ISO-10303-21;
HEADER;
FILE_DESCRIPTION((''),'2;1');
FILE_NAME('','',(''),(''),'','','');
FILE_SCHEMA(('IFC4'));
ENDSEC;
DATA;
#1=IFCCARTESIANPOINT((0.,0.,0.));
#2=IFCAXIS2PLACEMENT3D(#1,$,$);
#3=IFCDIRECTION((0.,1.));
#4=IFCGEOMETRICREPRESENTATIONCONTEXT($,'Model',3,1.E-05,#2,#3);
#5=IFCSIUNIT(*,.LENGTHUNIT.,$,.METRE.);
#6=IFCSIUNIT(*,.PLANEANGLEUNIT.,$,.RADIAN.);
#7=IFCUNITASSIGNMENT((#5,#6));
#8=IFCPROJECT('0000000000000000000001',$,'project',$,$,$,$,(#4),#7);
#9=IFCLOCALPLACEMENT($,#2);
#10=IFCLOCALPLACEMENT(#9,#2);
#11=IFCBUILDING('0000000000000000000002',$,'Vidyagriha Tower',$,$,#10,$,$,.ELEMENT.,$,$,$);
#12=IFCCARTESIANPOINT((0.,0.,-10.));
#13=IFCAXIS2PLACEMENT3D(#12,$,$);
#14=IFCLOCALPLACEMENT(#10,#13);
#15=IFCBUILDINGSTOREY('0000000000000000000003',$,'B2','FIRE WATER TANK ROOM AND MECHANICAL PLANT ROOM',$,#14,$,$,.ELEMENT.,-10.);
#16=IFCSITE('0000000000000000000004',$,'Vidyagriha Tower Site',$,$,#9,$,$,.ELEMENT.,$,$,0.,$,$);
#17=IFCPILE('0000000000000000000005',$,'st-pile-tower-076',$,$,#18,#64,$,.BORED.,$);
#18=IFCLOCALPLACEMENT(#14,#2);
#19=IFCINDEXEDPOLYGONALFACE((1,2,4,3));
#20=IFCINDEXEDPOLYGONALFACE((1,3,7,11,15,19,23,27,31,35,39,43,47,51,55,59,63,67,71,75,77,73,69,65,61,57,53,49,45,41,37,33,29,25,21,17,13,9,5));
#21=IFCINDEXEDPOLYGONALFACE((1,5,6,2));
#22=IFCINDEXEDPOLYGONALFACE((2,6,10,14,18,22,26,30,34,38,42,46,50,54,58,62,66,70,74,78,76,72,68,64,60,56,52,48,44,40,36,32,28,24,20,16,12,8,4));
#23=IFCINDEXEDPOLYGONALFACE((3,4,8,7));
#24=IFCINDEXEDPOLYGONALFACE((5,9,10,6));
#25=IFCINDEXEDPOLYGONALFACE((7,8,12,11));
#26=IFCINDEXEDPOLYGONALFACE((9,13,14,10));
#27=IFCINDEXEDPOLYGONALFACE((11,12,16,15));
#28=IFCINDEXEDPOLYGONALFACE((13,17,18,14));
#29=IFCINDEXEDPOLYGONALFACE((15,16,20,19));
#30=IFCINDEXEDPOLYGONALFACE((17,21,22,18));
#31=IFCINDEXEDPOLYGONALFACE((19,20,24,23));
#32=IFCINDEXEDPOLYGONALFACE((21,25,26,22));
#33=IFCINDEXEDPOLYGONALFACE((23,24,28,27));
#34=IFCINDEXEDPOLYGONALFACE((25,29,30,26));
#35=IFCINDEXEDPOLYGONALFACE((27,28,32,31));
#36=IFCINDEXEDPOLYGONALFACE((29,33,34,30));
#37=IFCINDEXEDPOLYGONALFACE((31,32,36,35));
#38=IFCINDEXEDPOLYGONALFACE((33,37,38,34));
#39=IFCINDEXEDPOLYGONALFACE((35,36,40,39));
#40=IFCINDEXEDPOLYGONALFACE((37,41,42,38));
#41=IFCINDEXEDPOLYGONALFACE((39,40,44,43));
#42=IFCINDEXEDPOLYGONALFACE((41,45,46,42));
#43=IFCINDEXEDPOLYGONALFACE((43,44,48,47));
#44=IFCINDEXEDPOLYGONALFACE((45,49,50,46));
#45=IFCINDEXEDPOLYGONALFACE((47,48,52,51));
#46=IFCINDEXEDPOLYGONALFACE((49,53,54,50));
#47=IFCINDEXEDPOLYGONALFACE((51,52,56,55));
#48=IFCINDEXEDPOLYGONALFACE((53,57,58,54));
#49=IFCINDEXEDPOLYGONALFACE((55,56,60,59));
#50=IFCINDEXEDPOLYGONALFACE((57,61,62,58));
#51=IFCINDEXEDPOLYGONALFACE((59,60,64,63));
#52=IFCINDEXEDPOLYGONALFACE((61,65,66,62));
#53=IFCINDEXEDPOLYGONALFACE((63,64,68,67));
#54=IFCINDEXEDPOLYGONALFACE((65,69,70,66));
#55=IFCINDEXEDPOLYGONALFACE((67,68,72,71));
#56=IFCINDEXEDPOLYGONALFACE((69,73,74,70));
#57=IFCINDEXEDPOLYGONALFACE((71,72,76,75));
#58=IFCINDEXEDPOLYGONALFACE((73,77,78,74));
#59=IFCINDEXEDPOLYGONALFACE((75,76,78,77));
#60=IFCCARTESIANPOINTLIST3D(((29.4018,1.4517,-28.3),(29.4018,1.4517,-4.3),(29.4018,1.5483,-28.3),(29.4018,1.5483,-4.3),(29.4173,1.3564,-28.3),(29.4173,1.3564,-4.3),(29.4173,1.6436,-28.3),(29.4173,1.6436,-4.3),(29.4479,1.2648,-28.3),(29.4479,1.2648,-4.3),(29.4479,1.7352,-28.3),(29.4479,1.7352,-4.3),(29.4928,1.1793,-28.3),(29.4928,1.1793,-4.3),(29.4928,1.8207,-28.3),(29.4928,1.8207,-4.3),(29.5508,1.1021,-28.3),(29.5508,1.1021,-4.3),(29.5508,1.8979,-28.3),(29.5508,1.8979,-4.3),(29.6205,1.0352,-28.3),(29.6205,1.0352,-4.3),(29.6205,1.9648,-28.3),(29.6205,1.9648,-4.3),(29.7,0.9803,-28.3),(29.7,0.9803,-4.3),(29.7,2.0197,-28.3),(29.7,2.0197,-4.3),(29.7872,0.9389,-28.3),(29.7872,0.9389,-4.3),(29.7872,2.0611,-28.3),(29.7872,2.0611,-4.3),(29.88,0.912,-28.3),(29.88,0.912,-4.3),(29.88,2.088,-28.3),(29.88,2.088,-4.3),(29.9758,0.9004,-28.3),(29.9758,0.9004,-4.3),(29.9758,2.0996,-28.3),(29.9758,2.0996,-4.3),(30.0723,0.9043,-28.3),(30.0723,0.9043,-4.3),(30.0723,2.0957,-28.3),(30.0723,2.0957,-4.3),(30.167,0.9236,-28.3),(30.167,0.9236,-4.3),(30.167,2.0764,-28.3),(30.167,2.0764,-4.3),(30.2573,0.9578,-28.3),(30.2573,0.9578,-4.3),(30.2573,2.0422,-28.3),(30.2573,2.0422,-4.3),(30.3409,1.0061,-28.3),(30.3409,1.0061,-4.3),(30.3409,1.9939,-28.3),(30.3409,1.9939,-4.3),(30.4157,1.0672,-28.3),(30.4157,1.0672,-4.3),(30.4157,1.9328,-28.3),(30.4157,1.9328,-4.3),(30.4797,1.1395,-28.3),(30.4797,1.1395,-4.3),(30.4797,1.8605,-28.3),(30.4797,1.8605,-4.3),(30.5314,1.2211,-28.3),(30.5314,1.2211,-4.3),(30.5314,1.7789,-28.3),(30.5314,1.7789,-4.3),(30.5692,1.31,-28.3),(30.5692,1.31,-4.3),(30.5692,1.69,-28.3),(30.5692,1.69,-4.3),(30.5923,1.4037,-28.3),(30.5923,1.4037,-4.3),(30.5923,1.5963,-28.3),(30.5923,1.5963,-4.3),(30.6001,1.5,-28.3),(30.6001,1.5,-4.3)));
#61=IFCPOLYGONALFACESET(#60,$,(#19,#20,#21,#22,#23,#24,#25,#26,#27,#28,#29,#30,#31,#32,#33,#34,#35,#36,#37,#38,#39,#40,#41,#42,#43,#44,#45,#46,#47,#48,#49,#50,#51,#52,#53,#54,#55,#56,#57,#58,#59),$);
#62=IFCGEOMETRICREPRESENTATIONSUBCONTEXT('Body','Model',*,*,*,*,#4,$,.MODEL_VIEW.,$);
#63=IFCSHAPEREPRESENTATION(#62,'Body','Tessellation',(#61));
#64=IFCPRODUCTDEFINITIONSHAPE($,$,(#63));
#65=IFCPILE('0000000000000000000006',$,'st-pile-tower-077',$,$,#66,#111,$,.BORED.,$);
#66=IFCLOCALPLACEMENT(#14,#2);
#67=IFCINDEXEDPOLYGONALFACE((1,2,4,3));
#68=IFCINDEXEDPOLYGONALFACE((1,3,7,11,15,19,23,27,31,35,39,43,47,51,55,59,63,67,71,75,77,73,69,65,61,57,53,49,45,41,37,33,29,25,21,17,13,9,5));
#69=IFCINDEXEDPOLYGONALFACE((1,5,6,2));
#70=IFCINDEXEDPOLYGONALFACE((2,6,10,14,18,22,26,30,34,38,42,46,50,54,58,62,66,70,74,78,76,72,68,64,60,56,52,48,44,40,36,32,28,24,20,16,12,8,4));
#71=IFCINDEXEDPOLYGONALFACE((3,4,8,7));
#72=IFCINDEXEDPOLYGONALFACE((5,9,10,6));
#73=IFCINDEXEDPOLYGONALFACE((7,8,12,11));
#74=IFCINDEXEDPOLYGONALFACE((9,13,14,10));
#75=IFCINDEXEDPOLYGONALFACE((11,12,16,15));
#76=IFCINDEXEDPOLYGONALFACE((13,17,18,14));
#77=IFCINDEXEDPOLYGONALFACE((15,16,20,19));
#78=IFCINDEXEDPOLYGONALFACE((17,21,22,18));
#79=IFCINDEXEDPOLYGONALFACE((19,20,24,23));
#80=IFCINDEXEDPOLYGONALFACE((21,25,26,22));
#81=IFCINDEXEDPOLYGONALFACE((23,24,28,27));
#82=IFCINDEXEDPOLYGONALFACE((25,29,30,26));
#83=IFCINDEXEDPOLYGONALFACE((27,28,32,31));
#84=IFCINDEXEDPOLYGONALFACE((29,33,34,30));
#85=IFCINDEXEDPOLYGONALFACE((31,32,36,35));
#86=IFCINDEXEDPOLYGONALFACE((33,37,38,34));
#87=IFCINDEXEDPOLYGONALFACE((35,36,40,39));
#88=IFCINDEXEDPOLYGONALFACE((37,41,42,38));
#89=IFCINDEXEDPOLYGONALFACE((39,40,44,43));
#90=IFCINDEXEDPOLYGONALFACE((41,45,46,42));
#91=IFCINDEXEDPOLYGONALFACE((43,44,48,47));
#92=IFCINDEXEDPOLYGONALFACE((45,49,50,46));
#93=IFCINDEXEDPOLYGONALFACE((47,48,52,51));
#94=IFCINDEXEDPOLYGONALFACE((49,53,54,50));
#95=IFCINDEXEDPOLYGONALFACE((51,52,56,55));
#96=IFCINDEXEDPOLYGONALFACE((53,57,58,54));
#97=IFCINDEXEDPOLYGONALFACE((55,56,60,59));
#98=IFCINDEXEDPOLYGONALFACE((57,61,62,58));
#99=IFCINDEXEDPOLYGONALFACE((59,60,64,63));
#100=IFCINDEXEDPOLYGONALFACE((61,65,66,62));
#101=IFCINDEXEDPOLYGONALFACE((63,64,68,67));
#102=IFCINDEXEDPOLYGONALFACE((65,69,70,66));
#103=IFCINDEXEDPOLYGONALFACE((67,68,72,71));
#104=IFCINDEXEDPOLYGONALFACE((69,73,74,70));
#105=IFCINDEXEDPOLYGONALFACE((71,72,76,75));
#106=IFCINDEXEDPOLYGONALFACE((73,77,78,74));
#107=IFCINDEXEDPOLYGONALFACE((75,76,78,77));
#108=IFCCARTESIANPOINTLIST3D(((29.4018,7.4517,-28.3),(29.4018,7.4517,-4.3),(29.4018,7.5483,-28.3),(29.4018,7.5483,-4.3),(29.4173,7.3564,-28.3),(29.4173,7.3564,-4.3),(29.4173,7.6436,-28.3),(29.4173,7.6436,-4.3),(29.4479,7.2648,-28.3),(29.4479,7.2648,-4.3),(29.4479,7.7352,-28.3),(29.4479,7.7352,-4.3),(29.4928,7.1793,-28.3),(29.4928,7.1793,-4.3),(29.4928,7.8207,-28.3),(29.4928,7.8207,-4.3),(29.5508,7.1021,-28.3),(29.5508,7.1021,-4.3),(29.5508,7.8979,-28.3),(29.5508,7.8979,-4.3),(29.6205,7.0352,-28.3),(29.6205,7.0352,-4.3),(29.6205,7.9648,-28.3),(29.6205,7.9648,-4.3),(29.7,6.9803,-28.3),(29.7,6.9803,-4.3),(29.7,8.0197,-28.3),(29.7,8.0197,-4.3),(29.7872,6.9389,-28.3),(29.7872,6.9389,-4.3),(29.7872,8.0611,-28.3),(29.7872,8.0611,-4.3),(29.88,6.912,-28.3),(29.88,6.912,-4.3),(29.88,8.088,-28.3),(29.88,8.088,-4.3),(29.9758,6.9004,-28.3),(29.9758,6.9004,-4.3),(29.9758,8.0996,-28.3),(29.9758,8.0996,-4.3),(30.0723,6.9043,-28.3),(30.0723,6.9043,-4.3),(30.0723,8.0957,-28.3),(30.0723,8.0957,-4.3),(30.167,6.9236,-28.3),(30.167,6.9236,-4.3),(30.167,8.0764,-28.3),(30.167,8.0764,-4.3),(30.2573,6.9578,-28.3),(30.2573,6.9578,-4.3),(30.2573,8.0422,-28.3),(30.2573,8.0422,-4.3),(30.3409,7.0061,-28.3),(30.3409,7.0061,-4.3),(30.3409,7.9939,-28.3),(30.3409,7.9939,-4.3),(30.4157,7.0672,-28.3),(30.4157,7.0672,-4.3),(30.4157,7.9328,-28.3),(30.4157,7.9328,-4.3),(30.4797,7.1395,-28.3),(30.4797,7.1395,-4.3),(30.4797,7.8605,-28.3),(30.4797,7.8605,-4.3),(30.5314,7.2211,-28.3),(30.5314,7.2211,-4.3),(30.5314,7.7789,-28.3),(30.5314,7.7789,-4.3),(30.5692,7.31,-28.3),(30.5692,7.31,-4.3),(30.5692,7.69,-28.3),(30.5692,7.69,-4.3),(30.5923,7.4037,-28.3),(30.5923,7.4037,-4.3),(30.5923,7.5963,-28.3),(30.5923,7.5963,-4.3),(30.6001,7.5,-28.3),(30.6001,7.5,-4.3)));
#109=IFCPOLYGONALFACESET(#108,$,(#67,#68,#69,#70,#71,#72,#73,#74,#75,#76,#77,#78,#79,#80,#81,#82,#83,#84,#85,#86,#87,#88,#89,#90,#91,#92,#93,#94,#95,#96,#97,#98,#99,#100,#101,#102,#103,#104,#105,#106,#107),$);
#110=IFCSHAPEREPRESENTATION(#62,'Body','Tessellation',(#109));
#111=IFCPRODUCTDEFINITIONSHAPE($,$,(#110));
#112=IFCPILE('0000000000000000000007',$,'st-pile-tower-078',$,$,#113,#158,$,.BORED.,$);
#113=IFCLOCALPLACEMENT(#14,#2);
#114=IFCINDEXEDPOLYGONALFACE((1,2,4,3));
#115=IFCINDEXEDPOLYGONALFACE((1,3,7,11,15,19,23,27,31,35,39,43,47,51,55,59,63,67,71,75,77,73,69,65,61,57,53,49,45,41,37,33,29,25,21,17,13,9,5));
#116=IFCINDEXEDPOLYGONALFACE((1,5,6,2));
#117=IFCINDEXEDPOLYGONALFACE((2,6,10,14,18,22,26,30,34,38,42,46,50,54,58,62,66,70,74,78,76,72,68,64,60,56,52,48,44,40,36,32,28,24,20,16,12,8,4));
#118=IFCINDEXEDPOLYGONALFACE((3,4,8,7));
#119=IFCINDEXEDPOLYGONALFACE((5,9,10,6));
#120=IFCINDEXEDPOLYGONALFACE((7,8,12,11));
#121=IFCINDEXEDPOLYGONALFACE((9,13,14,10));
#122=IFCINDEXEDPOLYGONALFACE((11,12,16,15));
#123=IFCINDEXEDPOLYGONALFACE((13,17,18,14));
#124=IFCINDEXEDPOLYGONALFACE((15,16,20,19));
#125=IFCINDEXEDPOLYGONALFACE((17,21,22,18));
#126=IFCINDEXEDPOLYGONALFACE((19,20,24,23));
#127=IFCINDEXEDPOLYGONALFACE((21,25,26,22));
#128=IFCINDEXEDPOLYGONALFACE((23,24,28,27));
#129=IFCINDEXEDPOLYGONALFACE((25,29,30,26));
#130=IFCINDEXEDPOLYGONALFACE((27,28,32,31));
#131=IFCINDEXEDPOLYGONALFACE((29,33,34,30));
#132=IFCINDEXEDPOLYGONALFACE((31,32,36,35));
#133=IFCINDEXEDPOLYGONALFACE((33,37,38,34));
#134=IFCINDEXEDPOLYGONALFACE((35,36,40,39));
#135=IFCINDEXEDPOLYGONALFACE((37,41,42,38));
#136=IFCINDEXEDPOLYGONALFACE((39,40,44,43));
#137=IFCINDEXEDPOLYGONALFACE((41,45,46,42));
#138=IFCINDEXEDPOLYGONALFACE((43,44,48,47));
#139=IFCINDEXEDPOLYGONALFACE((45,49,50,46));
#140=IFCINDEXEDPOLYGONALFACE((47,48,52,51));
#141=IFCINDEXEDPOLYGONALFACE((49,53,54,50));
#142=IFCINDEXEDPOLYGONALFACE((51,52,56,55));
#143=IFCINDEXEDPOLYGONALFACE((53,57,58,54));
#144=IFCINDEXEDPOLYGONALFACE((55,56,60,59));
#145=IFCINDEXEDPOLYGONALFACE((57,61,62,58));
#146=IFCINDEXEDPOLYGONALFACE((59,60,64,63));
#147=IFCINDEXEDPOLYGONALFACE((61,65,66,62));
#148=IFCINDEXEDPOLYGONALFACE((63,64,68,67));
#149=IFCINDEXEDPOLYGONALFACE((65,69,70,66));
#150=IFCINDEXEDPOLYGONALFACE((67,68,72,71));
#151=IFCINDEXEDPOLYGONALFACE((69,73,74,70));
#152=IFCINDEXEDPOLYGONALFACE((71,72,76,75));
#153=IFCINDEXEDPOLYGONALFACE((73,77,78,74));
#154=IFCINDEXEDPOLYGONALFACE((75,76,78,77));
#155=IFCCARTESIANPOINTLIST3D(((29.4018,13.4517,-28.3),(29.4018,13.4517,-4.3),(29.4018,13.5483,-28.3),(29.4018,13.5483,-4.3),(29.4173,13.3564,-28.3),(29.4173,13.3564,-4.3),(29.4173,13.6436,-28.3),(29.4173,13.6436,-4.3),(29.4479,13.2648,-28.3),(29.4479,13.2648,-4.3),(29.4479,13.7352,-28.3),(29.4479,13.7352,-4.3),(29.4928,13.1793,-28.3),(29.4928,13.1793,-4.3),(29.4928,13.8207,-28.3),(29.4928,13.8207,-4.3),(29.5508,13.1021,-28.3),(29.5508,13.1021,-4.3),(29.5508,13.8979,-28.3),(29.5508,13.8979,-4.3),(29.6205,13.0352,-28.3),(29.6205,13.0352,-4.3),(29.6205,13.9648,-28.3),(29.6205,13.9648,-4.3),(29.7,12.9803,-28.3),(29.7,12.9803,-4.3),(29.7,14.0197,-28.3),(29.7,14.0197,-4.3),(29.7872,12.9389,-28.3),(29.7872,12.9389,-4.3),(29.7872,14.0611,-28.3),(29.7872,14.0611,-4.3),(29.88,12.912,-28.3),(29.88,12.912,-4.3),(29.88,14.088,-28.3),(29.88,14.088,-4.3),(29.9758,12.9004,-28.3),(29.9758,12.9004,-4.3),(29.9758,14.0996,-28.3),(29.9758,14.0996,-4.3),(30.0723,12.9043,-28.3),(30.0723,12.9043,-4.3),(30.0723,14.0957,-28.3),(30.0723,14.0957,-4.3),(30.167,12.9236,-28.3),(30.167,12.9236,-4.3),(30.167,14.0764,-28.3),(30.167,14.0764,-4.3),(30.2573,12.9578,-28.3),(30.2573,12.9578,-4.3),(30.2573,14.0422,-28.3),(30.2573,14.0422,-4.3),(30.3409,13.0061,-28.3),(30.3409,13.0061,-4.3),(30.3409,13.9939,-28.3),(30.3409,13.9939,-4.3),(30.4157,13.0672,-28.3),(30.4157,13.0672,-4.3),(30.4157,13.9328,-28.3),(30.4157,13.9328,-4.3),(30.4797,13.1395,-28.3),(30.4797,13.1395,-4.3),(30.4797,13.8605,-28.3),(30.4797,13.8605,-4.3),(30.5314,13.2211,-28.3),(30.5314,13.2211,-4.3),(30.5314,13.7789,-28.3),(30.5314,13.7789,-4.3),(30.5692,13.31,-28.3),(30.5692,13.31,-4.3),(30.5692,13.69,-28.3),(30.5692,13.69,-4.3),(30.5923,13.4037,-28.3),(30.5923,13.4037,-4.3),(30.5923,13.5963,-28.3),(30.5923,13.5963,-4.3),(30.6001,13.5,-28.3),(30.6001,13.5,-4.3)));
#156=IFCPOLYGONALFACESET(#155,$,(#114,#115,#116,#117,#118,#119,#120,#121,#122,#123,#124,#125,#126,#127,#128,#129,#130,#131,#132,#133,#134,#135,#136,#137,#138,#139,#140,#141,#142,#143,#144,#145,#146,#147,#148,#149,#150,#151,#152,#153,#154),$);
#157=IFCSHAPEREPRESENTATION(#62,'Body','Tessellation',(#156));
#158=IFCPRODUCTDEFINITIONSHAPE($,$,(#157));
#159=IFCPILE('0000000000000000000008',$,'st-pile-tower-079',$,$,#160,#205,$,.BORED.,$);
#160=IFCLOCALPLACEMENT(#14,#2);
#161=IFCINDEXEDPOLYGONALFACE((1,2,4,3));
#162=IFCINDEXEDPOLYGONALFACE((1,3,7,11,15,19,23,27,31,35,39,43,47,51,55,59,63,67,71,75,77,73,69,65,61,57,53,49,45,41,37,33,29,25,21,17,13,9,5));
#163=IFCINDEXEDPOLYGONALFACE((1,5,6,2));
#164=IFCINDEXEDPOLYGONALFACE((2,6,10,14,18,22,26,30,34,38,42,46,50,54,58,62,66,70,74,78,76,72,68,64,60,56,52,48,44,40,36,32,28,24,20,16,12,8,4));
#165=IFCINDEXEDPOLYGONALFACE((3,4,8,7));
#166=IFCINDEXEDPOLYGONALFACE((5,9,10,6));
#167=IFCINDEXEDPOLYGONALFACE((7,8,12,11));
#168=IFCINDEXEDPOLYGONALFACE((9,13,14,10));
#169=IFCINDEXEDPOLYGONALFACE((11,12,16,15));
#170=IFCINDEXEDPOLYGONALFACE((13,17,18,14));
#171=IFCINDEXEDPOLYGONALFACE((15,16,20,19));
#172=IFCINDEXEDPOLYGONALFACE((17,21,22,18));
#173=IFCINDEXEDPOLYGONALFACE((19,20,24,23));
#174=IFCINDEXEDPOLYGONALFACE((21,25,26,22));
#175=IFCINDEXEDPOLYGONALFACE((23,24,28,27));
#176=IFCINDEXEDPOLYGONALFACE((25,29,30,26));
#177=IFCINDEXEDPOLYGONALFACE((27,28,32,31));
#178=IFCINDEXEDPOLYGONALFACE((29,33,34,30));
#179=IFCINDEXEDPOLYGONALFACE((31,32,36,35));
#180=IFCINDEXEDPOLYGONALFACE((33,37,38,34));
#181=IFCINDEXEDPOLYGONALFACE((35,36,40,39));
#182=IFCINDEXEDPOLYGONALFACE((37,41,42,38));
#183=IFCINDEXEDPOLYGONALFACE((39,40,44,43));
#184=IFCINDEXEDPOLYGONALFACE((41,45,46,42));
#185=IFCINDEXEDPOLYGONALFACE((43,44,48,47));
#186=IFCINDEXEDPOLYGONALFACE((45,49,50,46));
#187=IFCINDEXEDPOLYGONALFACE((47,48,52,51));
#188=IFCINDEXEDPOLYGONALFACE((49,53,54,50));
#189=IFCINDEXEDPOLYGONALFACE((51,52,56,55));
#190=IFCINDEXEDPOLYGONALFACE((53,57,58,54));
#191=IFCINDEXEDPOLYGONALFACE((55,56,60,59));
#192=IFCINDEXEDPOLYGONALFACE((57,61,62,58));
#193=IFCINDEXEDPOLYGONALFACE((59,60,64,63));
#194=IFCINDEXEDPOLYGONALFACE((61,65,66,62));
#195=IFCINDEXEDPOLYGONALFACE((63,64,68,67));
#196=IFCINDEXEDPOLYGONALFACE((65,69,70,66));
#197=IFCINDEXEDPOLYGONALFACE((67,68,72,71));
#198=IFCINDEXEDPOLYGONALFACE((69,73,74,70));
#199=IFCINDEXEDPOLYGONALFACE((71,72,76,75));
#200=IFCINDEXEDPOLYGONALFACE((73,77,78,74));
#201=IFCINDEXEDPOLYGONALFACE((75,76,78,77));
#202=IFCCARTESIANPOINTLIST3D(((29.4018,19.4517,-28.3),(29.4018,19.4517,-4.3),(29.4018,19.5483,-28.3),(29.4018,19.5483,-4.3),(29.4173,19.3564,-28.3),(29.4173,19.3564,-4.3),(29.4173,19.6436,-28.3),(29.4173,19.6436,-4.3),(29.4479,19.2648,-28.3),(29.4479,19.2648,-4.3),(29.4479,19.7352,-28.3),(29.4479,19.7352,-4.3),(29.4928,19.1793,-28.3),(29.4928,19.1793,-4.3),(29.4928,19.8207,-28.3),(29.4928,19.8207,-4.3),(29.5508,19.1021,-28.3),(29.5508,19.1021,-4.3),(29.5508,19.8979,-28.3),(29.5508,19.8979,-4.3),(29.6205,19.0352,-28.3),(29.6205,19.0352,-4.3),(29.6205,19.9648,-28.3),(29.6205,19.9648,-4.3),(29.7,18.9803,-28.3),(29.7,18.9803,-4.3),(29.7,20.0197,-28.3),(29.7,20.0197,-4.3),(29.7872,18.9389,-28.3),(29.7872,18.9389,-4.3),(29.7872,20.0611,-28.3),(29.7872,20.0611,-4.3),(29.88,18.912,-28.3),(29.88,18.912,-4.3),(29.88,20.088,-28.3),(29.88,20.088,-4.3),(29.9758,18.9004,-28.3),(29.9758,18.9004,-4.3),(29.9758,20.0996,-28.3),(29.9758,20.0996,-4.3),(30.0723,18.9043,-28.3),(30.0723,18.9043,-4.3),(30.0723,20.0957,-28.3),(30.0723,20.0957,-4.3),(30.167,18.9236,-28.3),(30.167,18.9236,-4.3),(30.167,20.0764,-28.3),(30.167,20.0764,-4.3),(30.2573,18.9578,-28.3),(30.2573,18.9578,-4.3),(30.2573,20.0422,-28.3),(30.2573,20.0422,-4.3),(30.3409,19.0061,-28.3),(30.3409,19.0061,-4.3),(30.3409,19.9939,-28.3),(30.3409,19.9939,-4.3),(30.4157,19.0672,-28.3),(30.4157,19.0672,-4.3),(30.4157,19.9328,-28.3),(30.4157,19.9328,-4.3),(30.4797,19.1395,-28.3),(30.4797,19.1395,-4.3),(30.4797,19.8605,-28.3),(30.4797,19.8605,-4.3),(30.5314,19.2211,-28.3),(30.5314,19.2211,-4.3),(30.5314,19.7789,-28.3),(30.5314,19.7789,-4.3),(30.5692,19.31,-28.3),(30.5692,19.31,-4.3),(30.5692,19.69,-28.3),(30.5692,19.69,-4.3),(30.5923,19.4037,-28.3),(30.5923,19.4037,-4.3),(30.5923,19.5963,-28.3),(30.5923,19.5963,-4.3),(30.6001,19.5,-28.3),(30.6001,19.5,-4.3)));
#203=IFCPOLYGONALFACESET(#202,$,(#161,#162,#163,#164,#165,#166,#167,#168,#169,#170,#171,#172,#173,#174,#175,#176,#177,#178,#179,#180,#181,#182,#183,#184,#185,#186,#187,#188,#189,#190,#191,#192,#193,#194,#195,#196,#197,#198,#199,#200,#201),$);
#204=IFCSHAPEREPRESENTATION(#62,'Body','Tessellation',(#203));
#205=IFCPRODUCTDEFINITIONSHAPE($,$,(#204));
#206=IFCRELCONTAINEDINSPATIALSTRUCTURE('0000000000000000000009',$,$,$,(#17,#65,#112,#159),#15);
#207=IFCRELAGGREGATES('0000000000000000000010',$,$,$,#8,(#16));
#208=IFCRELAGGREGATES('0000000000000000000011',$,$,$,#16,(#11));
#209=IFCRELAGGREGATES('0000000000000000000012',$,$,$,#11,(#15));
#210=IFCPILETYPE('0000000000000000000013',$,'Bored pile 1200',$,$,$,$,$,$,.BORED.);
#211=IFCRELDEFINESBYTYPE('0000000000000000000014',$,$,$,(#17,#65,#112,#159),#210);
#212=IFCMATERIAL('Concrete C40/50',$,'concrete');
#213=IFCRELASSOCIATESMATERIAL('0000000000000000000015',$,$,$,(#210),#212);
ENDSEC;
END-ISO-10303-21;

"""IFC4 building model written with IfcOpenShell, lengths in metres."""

from ifc_helpers import new_model, si_unit, direction, frame, origin, origin_2d, place, context, subcontext, project, spatial, circle, extrude, material, material_profile, profile_set, type_object, element, save


model = new_model("IFC4")

# Units and contexts
model_context = context("Model", 3, precision=1e-05, world=origin(), true_north=direction((0.0, 1.0)))
body_context = subcontext(model_context, "Body", "Model", "MODEL_VIEW")
ifc_project = project(units=[si_unit("LENGTHUNIT", "METRE"), si_unit("PLANEANGLEUNIT", "RADIAN")], contexts=[model_context])

# Site, building, storey
site_placement = place(None, origin())
site = spatial("IfcSite", under=ifc_project, at=site_placement, Name="Vidyagriha Tower Site", CompositionType="ELEMENT", RefElevation=0.0)
building_placement = place(site_placement, origin())
building = spatial("IfcBuilding", under=site, at=building_placement, Name="Vidyagriha Tower", CompositionType="ELEMENT")
storey_placement = place(building_placement, frame((0.0, 0.0, -10.0)))
storey = spatial("IfcBuildingStorey", under=building, at=storey_placement, Name="B2", Description="FIRE WATER TANK ROOM AND MECHANICAL PLANT ROOM", CompositionType="ELEMENT", Elevation=-10.0)

# Piles
ifc_material_1 = material(Name="Concrete C40/50", Category="concrete")
ifc_material_profile_1 = material_profile(ifc_material_1, circle(Radius=0.6001, at=origin_2d()), Name="Bored pile 1200")
ifc_profile_set_1 = profile_set([ifc_material_profile_1], Name="Concrete C40/50")
pile_type = type_object("IfcPileType", Name="Bored pile 1200", PredefinedType="BORED", material=ifc_profile_set_1)
for number, where, z_axis, x_axis, name in (
    (1, (30.0, 1.5, -4.3), (0.0, 0.0, -1.0), (1.0, 0.0, 0.0), "st-pile-tower-076"),
    (2, (30.0, 7.5, -4.3), (0.0, 0.0, -1.0), (1.0, 0.0, 0.0), "st-pile-tower-077"),
    (3, (30.0, 13.5, -4.3), (0.0, 0.0, -1.0), (1.0, 0.0, 0.0), "st-pile-tower-078"),
    (4, (30.0, 19.5, -4.3), (0.0, 0.0, -1.0), (1.0, 0.0, 0.0), "st-pile-tower-079"),
):
    element("IfcPile", number, at=place(storey_placement, frame(where, z_axis=z_axis, x_axis=x_axis)), inside=storey, type_object=pile_type, Name=name, PredefinedType="BORED", context=body_context, shape_type="SweptSolid", body=[
        extrude(circle(Radius=0.6001, at=origin_2d()), origin(), (0.0, 0.0, 1.0), 24.0),
    ])

save(model, "model.ifc")
